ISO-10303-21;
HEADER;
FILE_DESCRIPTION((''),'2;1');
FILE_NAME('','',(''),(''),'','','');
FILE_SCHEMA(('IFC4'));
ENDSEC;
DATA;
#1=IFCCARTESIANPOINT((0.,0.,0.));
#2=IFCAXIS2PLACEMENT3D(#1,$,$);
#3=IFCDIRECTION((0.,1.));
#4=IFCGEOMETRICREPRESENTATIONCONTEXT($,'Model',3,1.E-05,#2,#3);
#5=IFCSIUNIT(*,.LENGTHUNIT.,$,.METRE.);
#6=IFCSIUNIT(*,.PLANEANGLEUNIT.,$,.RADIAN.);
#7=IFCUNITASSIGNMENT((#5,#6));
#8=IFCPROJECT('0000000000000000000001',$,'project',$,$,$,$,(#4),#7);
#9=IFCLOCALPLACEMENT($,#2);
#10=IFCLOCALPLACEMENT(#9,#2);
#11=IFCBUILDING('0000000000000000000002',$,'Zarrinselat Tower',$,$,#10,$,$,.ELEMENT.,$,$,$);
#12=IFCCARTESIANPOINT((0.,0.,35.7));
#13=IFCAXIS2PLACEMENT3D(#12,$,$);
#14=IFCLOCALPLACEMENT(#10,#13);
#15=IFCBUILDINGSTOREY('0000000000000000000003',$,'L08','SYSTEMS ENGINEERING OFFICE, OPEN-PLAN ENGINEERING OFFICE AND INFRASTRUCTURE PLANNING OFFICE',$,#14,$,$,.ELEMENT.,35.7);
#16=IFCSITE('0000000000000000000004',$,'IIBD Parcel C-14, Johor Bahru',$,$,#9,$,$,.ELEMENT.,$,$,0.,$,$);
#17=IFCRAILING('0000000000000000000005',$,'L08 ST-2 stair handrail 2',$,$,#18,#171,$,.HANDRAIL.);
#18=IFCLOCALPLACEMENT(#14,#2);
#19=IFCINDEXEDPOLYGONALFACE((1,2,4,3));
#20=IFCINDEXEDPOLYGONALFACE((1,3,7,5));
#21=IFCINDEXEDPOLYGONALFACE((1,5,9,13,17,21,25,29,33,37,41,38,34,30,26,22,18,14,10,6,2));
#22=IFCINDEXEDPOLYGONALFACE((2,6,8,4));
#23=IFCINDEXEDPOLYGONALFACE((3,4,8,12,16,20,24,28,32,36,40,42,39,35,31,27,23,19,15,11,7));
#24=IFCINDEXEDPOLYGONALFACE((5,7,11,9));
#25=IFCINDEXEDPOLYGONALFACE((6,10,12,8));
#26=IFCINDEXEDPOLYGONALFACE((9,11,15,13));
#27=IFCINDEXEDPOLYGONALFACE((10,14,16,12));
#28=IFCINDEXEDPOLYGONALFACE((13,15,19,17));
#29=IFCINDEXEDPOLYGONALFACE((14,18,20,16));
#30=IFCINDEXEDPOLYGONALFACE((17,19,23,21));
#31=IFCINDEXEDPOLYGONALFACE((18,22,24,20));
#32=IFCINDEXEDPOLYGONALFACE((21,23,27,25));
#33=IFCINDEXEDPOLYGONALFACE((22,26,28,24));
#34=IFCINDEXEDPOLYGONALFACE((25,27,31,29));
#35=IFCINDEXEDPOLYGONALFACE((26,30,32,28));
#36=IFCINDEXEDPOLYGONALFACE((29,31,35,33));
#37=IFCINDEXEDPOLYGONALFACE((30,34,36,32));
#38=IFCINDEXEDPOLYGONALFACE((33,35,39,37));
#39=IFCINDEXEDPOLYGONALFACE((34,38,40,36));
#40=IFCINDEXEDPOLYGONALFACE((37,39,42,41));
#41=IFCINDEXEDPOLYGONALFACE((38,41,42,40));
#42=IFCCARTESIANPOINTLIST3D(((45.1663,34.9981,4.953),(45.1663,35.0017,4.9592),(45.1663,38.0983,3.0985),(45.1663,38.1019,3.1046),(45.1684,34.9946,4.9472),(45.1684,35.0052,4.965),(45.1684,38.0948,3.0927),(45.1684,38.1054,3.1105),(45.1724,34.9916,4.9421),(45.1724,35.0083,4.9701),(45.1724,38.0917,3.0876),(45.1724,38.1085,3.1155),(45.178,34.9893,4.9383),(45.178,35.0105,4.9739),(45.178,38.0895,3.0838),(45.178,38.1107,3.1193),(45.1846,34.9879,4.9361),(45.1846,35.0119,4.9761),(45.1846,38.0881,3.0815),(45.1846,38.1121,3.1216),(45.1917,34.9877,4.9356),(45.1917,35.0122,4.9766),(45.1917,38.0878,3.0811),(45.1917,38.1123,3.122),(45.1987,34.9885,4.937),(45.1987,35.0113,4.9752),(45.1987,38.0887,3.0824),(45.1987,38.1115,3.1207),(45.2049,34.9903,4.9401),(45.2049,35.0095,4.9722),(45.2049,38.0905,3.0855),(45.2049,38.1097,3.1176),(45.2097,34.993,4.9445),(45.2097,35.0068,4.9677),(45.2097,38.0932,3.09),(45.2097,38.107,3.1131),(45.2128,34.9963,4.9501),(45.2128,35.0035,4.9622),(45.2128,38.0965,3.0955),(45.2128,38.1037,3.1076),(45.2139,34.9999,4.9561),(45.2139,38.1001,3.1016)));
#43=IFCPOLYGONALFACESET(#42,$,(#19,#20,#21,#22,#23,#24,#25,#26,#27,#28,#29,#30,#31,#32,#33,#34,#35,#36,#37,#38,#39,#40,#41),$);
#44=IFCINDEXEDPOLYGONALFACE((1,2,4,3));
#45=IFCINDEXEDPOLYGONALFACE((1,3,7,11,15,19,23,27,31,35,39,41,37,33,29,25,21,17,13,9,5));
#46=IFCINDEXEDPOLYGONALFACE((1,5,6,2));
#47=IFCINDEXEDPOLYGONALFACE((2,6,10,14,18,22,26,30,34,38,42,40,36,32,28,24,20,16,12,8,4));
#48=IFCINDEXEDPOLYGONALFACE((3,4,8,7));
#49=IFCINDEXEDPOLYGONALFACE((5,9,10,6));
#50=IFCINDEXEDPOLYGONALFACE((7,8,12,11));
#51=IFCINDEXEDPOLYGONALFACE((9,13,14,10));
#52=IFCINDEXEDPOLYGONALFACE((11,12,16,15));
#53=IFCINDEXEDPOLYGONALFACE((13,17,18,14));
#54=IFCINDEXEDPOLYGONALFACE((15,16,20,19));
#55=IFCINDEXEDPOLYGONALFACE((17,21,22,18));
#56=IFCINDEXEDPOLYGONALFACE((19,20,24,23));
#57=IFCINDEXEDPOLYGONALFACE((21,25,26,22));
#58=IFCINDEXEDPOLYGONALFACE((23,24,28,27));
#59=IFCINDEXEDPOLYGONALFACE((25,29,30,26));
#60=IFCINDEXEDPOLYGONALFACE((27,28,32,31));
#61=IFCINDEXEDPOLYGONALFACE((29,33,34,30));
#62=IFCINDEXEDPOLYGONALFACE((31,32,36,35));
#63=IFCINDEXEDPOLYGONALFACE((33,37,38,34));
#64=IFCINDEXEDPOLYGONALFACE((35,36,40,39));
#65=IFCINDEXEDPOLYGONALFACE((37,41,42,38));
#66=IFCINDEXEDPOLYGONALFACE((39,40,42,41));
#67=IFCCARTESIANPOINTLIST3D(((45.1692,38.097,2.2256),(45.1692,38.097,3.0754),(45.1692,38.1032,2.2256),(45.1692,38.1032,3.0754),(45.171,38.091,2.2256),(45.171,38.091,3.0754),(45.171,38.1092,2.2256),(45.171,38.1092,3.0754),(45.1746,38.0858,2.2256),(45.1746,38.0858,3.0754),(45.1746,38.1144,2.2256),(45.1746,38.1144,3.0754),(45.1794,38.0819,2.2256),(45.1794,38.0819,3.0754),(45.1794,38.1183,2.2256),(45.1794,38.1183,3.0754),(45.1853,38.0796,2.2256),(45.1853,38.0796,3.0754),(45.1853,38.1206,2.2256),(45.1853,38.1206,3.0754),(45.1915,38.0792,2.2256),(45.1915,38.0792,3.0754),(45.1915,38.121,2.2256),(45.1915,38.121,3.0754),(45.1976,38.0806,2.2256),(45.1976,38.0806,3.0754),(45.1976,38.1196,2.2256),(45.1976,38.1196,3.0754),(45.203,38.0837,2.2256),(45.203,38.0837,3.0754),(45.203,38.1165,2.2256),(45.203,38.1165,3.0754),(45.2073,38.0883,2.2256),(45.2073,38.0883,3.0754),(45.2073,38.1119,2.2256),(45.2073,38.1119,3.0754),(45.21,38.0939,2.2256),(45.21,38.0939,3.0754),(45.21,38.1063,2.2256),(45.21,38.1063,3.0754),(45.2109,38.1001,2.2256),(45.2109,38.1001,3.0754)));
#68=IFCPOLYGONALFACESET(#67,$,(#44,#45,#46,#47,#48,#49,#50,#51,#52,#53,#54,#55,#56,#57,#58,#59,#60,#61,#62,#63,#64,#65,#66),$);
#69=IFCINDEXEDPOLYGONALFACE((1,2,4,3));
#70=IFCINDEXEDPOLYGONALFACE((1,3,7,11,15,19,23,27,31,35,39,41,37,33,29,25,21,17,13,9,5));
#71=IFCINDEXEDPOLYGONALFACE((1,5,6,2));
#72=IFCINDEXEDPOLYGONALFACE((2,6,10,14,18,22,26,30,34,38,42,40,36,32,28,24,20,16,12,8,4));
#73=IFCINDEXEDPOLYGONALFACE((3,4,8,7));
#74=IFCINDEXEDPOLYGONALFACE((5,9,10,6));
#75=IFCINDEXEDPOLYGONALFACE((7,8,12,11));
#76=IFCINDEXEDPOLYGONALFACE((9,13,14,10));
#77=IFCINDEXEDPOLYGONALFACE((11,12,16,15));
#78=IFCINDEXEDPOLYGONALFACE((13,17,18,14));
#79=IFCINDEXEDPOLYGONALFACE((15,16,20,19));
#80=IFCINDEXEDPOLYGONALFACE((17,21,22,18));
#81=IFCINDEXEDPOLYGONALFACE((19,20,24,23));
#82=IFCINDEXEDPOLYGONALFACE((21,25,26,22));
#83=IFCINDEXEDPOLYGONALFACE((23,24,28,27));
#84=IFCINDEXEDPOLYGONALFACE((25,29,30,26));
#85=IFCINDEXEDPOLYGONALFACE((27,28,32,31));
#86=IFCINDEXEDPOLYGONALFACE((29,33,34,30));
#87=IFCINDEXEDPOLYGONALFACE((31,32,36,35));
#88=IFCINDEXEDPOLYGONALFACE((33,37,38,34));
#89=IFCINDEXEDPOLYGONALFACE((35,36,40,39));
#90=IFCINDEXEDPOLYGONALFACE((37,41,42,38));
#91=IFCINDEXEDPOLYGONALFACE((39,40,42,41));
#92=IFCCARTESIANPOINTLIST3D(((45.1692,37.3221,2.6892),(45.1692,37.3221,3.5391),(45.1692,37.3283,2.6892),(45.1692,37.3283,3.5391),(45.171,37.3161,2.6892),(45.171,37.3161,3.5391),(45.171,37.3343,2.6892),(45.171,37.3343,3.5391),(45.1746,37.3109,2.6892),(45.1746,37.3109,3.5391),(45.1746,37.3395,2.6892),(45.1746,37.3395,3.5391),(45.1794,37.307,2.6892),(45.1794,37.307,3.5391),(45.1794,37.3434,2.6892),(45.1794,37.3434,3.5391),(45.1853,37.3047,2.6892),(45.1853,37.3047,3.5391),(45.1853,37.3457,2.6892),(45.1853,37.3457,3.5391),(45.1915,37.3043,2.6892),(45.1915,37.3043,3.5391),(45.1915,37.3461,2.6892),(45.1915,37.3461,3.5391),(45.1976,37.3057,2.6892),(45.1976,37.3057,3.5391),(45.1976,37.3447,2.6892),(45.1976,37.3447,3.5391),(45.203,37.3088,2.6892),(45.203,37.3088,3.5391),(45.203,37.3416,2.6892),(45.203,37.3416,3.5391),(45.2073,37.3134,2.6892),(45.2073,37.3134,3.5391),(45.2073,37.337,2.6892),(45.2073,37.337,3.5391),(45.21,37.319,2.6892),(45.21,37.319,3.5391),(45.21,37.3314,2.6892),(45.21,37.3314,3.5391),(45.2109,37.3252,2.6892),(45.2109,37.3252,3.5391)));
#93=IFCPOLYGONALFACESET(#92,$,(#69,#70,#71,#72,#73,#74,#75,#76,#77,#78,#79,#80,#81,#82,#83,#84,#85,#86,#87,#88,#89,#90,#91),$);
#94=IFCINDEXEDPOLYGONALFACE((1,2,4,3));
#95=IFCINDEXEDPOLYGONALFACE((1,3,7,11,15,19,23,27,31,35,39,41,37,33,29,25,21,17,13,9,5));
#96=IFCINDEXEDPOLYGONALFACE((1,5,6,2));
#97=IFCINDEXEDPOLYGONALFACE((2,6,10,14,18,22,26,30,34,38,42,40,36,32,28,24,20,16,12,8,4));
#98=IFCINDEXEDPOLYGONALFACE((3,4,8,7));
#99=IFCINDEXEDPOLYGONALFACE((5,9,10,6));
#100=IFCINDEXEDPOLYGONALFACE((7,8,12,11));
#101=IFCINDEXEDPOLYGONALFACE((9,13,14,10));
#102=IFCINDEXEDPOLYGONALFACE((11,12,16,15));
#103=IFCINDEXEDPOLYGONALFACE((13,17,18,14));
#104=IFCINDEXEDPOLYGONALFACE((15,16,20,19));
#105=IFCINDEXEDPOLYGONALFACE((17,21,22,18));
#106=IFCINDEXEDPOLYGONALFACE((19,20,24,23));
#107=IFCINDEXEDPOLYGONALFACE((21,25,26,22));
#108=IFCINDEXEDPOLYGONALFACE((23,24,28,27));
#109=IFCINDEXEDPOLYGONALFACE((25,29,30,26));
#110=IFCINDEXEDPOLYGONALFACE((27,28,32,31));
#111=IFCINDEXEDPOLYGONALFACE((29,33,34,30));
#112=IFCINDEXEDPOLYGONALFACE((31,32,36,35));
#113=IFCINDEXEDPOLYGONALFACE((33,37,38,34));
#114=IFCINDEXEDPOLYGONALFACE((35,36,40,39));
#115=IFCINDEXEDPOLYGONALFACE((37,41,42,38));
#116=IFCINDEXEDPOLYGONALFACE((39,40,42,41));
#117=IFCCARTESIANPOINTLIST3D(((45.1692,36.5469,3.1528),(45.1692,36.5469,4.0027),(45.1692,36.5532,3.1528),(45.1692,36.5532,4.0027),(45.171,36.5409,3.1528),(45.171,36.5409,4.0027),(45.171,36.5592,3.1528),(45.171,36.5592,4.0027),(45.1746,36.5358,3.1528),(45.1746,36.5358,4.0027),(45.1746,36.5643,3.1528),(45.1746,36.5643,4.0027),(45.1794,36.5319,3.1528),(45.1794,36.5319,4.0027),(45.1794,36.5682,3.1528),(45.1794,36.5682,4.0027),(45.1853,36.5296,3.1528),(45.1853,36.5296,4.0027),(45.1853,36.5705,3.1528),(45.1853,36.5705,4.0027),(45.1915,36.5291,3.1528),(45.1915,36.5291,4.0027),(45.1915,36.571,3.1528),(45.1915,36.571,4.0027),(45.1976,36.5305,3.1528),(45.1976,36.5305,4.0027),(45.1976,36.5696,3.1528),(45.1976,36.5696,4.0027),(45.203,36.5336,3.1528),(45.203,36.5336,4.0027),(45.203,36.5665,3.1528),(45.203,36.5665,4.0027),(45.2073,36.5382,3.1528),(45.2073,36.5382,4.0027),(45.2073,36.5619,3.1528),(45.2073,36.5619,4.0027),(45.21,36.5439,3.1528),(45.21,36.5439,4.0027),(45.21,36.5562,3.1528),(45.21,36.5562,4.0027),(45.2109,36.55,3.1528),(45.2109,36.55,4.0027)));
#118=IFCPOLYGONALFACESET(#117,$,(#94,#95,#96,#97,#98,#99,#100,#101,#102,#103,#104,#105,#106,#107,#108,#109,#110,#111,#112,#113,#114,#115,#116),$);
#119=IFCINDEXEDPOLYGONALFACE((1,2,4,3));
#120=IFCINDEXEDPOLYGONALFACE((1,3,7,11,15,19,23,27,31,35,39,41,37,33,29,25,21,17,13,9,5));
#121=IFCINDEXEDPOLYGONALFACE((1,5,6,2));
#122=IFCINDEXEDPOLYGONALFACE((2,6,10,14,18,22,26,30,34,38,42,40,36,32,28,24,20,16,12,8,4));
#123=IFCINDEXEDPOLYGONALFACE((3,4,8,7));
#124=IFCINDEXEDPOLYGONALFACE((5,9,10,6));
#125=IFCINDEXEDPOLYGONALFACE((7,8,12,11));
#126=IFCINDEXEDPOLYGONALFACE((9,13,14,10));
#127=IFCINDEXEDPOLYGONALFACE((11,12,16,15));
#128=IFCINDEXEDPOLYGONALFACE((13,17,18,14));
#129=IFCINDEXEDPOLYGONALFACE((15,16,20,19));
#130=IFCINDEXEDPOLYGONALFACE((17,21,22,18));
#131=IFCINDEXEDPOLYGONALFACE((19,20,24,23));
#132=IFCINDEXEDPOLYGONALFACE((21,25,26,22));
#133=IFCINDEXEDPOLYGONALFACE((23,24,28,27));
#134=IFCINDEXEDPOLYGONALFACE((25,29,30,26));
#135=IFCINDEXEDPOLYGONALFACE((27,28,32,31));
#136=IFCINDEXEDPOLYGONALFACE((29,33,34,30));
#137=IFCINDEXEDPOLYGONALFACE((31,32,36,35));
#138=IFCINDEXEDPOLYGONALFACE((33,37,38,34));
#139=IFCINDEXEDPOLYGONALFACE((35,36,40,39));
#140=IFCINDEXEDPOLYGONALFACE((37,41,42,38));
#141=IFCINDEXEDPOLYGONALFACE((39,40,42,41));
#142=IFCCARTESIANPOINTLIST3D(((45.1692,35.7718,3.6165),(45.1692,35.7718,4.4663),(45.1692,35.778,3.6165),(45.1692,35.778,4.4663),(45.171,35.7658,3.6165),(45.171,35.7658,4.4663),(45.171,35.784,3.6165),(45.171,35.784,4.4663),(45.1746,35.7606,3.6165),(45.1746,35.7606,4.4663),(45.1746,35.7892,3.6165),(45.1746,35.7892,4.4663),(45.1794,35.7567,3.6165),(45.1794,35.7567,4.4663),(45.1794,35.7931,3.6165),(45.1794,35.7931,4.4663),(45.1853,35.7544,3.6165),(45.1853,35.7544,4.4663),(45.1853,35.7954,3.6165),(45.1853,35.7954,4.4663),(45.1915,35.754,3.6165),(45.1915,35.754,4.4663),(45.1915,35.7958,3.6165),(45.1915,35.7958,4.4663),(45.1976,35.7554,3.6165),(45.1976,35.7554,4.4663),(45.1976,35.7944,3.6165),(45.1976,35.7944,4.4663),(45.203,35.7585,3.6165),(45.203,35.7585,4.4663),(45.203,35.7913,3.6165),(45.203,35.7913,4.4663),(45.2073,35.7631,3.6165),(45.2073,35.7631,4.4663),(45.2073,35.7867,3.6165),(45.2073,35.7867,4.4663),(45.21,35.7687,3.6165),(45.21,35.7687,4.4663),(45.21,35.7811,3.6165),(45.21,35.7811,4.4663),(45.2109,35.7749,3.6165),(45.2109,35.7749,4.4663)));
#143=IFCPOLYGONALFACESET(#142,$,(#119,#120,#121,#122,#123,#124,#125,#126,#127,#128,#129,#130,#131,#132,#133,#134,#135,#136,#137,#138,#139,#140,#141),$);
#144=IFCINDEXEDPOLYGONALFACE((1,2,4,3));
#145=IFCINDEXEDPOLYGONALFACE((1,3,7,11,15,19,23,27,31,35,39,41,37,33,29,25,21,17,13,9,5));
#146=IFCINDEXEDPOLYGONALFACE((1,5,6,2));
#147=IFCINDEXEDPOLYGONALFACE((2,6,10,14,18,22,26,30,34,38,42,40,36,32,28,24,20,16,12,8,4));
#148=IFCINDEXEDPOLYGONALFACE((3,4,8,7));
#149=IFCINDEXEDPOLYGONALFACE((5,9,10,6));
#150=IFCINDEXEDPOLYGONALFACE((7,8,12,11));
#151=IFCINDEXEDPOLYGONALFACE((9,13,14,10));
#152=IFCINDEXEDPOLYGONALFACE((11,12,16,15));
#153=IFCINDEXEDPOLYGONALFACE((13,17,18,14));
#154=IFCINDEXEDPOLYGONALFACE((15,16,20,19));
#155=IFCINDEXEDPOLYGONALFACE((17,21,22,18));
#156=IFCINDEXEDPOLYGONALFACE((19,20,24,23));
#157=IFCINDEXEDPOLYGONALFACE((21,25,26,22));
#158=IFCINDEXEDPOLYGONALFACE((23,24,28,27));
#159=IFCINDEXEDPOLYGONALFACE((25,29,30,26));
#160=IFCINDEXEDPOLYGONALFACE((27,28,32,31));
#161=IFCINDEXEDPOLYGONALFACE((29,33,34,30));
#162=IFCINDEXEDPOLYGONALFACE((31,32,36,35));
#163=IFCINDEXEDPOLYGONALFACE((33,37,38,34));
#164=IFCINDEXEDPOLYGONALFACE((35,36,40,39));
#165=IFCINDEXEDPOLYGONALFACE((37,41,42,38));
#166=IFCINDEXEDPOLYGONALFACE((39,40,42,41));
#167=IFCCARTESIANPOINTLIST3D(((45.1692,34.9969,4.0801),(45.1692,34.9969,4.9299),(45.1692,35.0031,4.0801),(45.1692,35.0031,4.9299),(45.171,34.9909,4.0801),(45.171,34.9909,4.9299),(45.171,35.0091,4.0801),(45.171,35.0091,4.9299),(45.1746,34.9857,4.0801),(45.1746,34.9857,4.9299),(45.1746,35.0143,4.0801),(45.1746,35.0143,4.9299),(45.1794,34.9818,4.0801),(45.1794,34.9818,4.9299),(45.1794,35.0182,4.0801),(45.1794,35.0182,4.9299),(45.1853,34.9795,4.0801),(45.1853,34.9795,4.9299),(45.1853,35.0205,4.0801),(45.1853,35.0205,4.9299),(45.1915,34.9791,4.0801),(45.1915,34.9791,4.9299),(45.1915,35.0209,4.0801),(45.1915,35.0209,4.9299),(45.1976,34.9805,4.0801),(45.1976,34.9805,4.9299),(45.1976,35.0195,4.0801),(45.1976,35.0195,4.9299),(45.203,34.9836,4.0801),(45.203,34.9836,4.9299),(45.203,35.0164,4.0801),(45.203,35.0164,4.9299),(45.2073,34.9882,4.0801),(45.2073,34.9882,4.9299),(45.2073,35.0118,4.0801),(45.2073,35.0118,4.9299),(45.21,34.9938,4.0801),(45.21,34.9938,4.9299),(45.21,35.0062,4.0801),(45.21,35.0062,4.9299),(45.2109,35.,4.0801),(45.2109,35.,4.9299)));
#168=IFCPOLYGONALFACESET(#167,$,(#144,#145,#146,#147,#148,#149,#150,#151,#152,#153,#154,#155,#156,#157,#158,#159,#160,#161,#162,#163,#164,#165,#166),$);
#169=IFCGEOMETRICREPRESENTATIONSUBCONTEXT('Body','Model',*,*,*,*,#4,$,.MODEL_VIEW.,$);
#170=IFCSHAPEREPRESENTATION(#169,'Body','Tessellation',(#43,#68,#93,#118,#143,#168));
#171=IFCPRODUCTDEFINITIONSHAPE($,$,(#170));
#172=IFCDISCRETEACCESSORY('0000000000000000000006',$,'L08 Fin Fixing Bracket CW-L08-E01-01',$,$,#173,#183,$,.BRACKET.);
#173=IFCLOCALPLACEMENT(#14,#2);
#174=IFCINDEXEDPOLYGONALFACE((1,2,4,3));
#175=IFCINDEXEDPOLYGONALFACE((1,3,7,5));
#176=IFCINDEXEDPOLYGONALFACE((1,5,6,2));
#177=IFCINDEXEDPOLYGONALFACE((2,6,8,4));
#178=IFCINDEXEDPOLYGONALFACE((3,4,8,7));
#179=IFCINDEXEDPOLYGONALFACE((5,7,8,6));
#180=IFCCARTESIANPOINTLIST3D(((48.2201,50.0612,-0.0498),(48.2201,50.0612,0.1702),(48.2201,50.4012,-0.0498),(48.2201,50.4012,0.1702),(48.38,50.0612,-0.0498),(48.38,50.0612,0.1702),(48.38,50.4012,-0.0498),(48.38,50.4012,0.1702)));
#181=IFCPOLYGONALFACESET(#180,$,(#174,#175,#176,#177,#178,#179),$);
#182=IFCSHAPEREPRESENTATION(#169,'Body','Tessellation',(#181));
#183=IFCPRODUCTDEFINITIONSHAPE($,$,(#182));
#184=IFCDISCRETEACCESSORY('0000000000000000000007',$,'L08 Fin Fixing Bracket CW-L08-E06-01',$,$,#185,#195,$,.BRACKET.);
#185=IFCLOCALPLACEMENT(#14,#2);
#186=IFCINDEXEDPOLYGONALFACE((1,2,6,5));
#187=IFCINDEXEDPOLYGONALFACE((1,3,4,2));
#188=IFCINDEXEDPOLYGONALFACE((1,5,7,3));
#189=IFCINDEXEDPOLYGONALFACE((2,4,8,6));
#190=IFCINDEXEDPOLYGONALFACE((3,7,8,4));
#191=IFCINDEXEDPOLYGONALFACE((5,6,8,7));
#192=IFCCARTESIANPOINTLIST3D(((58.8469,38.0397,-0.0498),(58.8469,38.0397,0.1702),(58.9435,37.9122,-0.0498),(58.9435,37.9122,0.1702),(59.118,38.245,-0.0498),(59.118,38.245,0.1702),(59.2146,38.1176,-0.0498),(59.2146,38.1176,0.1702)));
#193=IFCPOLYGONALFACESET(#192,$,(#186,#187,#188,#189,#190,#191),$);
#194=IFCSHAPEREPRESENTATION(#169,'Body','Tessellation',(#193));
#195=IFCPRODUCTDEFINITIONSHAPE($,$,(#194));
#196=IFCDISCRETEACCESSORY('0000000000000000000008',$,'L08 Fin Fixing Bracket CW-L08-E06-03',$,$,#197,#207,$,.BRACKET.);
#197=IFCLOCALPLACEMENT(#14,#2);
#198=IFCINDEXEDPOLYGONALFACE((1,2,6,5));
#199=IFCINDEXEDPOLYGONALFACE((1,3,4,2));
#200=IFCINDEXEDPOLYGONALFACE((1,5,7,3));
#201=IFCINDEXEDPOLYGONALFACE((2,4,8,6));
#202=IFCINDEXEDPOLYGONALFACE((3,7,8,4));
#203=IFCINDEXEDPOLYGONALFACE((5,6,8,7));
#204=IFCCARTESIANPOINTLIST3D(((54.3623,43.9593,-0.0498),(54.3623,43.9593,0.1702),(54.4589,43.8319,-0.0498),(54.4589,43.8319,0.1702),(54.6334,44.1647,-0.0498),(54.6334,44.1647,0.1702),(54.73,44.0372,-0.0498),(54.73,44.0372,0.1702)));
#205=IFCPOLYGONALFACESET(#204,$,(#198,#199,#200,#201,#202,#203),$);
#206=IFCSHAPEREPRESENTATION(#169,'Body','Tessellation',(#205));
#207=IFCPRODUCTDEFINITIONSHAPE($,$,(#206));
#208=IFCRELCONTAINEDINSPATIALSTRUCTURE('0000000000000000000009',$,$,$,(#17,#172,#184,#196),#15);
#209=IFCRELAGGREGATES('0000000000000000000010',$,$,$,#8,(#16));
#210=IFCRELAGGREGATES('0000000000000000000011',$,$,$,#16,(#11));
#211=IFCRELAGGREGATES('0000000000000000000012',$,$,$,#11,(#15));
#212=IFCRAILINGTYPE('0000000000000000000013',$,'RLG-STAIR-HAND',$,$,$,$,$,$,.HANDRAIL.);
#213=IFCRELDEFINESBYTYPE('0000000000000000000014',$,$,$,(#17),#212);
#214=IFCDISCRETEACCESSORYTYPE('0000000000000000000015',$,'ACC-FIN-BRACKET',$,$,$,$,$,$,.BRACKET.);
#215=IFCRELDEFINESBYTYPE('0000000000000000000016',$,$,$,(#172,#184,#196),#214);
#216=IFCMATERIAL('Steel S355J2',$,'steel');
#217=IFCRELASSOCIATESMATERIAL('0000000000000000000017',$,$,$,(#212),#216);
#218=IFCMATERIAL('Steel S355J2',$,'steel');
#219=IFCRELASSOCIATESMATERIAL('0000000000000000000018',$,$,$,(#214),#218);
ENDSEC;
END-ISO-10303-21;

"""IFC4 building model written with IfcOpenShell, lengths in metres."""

from ifc_helpers import new_model, si_unit, direction, frame, origin, origin_2d, place, context, subcontext, project, spatial, rectangle, circle, extrude, material, type_object, element, save


model = new_model("IFC4")

# Units and contexts
model_context = context("Model", 3, precision=1e-05, world=origin(), true_north=direction((0.0, 1.0)))
body_context = subcontext(model_context, "Body", "Model", "MODEL_VIEW")
ifc_project = project(units=[si_unit("LENGTHUNIT", "METRE"), si_unit("PLANEANGLEUNIT", "RADIAN")], contexts=[model_context])

# Site, building, storey
site_placement = place(None, origin())
site = spatial("IfcSite", under=ifc_project, at=site_placement, Name="IIBD Parcel C-14, Johor Bahru", CompositionType="ELEMENT", RefElevation=0.0)
building_placement = place(site_placement, origin())
building = spatial("IfcBuilding", under=site, at=building_placement, Name="Zarrinselat Tower", CompositionType="ELEMENT")
storey_placement = place(building_placement, frame((0.0, 0.0, 35.7)))
storey = spatial("IfcBuildingStorey", under=building, at=storey_placement, Name="L08", Description="SYSTEMS ENGINEERING OFFICE, OPEN-PLAN ENGINEERING OFFICE AND INFRASTRUCTURE PLANNING OFFICE", CompositionType="ELEMENT", Elevation=35.7)

# Railing
ifc_material_1 = material(Name="Steel S355J2", Category="steel")
railing_type_1 = type_object("IfcRailingType", Name="RLG-STAIR-HAND", PredefinedType="HANDRAIL", material=ifc_material_1)
railing_1_placement = place(storey_placement, frame((45.1899, 38.1001, 2.2256)))
element("IfcRailing", 1, at=railing_1_placement, inside=storey, type_object=railing_type_1, Name="L08 ST-2 stair handrail 2", PredefinedType="HANDRAIL", context=body_context, shape_type="SweptSolid", body=[
    extrude(circle(Radius=0.0239, at=origin_2d()), frame((0.0, 0.0, 0.876), z_axis=(0.0, -0.858172, 0.513362), x_axis=(1.0, 0.0, 0.0)), (0.0, 0.0, 1.0), 3.6125),
    extrude(circle(Radius=0.021, at=origin_2d()), origin(), (0.0, 0.0, 1.0), 0.8499),
    extrude(circle(Radius=0.021, at=origin_2d()), frame((0.0, -0.7749, 0.4636)), (0.0, 0.0, 1.0), 0.8499),
    extrude(circle(Radius=0.021, at=origin_2d()), frame((0.0, -1.55, 0.9272)), (0.0, 0.0, 1.0), 0.8499),
    extrude(circle(Radius=0.021, at=origin_2d()), frame((0.0, -2.3252, 1.3909)), (0.0, 0.0, 1.0), 0.8499),
    extrude(circle(Radius=0.021, at=origin_2d()), frame((0.0, -3.1001, 1.8545)), (0.0, 0.0, 1.0), 0.8499),
])

# Discrete accessories
ifc_material_2 = material(Name="Steel S355J2", Category="steel")
discrete_accessory_type = type_object("IfcDiscreteAccessoryType", Name="ACC-FIN-BRACKET", PredefinedType="BRACKET", material=ifc_material_2)
for number, where, z_axis, x_axis, name in (
    (2, (48.3, 50.2312, -0.0498), (0.0, 0.0, 1.0), (0.0, 1.0, 0.0), "L08 Fin Fixing Bracket CW-L08-E01-01"),
    (3, (59.0308, 38.0786, -0.0498), (0.0, 0.0, 1.0), (0.797091, 0.603859, 0.0), "L08 Fin Fixing Bracket CW-L08-E06-01"),
    (4, (54.5461, 43.9983, -0.0498), (0.0, 0.0, 1.0), (0.797091, 0.603859, 0.0), "L08 Fin Fixing Bracket CW-L08-E06-03"),
):
    element("IfcDiscreteAccessory", number, at=place(storey_placement, frame(where, z_axis=z_axis, x_axis=x_axis)), inside=storey, type_object=discrete_accessory_type, Name=name, PredefinedType="BRACKET", context=body_context, shape_type="SweptSolid", body=[
        extrude(rectangle(XDim=0.3401, YDim=0.1599, at=origin_2d()), origin(), (0.0, 0.0, 1.0), 0.22),
    ])

save(model, "model.ifc")
